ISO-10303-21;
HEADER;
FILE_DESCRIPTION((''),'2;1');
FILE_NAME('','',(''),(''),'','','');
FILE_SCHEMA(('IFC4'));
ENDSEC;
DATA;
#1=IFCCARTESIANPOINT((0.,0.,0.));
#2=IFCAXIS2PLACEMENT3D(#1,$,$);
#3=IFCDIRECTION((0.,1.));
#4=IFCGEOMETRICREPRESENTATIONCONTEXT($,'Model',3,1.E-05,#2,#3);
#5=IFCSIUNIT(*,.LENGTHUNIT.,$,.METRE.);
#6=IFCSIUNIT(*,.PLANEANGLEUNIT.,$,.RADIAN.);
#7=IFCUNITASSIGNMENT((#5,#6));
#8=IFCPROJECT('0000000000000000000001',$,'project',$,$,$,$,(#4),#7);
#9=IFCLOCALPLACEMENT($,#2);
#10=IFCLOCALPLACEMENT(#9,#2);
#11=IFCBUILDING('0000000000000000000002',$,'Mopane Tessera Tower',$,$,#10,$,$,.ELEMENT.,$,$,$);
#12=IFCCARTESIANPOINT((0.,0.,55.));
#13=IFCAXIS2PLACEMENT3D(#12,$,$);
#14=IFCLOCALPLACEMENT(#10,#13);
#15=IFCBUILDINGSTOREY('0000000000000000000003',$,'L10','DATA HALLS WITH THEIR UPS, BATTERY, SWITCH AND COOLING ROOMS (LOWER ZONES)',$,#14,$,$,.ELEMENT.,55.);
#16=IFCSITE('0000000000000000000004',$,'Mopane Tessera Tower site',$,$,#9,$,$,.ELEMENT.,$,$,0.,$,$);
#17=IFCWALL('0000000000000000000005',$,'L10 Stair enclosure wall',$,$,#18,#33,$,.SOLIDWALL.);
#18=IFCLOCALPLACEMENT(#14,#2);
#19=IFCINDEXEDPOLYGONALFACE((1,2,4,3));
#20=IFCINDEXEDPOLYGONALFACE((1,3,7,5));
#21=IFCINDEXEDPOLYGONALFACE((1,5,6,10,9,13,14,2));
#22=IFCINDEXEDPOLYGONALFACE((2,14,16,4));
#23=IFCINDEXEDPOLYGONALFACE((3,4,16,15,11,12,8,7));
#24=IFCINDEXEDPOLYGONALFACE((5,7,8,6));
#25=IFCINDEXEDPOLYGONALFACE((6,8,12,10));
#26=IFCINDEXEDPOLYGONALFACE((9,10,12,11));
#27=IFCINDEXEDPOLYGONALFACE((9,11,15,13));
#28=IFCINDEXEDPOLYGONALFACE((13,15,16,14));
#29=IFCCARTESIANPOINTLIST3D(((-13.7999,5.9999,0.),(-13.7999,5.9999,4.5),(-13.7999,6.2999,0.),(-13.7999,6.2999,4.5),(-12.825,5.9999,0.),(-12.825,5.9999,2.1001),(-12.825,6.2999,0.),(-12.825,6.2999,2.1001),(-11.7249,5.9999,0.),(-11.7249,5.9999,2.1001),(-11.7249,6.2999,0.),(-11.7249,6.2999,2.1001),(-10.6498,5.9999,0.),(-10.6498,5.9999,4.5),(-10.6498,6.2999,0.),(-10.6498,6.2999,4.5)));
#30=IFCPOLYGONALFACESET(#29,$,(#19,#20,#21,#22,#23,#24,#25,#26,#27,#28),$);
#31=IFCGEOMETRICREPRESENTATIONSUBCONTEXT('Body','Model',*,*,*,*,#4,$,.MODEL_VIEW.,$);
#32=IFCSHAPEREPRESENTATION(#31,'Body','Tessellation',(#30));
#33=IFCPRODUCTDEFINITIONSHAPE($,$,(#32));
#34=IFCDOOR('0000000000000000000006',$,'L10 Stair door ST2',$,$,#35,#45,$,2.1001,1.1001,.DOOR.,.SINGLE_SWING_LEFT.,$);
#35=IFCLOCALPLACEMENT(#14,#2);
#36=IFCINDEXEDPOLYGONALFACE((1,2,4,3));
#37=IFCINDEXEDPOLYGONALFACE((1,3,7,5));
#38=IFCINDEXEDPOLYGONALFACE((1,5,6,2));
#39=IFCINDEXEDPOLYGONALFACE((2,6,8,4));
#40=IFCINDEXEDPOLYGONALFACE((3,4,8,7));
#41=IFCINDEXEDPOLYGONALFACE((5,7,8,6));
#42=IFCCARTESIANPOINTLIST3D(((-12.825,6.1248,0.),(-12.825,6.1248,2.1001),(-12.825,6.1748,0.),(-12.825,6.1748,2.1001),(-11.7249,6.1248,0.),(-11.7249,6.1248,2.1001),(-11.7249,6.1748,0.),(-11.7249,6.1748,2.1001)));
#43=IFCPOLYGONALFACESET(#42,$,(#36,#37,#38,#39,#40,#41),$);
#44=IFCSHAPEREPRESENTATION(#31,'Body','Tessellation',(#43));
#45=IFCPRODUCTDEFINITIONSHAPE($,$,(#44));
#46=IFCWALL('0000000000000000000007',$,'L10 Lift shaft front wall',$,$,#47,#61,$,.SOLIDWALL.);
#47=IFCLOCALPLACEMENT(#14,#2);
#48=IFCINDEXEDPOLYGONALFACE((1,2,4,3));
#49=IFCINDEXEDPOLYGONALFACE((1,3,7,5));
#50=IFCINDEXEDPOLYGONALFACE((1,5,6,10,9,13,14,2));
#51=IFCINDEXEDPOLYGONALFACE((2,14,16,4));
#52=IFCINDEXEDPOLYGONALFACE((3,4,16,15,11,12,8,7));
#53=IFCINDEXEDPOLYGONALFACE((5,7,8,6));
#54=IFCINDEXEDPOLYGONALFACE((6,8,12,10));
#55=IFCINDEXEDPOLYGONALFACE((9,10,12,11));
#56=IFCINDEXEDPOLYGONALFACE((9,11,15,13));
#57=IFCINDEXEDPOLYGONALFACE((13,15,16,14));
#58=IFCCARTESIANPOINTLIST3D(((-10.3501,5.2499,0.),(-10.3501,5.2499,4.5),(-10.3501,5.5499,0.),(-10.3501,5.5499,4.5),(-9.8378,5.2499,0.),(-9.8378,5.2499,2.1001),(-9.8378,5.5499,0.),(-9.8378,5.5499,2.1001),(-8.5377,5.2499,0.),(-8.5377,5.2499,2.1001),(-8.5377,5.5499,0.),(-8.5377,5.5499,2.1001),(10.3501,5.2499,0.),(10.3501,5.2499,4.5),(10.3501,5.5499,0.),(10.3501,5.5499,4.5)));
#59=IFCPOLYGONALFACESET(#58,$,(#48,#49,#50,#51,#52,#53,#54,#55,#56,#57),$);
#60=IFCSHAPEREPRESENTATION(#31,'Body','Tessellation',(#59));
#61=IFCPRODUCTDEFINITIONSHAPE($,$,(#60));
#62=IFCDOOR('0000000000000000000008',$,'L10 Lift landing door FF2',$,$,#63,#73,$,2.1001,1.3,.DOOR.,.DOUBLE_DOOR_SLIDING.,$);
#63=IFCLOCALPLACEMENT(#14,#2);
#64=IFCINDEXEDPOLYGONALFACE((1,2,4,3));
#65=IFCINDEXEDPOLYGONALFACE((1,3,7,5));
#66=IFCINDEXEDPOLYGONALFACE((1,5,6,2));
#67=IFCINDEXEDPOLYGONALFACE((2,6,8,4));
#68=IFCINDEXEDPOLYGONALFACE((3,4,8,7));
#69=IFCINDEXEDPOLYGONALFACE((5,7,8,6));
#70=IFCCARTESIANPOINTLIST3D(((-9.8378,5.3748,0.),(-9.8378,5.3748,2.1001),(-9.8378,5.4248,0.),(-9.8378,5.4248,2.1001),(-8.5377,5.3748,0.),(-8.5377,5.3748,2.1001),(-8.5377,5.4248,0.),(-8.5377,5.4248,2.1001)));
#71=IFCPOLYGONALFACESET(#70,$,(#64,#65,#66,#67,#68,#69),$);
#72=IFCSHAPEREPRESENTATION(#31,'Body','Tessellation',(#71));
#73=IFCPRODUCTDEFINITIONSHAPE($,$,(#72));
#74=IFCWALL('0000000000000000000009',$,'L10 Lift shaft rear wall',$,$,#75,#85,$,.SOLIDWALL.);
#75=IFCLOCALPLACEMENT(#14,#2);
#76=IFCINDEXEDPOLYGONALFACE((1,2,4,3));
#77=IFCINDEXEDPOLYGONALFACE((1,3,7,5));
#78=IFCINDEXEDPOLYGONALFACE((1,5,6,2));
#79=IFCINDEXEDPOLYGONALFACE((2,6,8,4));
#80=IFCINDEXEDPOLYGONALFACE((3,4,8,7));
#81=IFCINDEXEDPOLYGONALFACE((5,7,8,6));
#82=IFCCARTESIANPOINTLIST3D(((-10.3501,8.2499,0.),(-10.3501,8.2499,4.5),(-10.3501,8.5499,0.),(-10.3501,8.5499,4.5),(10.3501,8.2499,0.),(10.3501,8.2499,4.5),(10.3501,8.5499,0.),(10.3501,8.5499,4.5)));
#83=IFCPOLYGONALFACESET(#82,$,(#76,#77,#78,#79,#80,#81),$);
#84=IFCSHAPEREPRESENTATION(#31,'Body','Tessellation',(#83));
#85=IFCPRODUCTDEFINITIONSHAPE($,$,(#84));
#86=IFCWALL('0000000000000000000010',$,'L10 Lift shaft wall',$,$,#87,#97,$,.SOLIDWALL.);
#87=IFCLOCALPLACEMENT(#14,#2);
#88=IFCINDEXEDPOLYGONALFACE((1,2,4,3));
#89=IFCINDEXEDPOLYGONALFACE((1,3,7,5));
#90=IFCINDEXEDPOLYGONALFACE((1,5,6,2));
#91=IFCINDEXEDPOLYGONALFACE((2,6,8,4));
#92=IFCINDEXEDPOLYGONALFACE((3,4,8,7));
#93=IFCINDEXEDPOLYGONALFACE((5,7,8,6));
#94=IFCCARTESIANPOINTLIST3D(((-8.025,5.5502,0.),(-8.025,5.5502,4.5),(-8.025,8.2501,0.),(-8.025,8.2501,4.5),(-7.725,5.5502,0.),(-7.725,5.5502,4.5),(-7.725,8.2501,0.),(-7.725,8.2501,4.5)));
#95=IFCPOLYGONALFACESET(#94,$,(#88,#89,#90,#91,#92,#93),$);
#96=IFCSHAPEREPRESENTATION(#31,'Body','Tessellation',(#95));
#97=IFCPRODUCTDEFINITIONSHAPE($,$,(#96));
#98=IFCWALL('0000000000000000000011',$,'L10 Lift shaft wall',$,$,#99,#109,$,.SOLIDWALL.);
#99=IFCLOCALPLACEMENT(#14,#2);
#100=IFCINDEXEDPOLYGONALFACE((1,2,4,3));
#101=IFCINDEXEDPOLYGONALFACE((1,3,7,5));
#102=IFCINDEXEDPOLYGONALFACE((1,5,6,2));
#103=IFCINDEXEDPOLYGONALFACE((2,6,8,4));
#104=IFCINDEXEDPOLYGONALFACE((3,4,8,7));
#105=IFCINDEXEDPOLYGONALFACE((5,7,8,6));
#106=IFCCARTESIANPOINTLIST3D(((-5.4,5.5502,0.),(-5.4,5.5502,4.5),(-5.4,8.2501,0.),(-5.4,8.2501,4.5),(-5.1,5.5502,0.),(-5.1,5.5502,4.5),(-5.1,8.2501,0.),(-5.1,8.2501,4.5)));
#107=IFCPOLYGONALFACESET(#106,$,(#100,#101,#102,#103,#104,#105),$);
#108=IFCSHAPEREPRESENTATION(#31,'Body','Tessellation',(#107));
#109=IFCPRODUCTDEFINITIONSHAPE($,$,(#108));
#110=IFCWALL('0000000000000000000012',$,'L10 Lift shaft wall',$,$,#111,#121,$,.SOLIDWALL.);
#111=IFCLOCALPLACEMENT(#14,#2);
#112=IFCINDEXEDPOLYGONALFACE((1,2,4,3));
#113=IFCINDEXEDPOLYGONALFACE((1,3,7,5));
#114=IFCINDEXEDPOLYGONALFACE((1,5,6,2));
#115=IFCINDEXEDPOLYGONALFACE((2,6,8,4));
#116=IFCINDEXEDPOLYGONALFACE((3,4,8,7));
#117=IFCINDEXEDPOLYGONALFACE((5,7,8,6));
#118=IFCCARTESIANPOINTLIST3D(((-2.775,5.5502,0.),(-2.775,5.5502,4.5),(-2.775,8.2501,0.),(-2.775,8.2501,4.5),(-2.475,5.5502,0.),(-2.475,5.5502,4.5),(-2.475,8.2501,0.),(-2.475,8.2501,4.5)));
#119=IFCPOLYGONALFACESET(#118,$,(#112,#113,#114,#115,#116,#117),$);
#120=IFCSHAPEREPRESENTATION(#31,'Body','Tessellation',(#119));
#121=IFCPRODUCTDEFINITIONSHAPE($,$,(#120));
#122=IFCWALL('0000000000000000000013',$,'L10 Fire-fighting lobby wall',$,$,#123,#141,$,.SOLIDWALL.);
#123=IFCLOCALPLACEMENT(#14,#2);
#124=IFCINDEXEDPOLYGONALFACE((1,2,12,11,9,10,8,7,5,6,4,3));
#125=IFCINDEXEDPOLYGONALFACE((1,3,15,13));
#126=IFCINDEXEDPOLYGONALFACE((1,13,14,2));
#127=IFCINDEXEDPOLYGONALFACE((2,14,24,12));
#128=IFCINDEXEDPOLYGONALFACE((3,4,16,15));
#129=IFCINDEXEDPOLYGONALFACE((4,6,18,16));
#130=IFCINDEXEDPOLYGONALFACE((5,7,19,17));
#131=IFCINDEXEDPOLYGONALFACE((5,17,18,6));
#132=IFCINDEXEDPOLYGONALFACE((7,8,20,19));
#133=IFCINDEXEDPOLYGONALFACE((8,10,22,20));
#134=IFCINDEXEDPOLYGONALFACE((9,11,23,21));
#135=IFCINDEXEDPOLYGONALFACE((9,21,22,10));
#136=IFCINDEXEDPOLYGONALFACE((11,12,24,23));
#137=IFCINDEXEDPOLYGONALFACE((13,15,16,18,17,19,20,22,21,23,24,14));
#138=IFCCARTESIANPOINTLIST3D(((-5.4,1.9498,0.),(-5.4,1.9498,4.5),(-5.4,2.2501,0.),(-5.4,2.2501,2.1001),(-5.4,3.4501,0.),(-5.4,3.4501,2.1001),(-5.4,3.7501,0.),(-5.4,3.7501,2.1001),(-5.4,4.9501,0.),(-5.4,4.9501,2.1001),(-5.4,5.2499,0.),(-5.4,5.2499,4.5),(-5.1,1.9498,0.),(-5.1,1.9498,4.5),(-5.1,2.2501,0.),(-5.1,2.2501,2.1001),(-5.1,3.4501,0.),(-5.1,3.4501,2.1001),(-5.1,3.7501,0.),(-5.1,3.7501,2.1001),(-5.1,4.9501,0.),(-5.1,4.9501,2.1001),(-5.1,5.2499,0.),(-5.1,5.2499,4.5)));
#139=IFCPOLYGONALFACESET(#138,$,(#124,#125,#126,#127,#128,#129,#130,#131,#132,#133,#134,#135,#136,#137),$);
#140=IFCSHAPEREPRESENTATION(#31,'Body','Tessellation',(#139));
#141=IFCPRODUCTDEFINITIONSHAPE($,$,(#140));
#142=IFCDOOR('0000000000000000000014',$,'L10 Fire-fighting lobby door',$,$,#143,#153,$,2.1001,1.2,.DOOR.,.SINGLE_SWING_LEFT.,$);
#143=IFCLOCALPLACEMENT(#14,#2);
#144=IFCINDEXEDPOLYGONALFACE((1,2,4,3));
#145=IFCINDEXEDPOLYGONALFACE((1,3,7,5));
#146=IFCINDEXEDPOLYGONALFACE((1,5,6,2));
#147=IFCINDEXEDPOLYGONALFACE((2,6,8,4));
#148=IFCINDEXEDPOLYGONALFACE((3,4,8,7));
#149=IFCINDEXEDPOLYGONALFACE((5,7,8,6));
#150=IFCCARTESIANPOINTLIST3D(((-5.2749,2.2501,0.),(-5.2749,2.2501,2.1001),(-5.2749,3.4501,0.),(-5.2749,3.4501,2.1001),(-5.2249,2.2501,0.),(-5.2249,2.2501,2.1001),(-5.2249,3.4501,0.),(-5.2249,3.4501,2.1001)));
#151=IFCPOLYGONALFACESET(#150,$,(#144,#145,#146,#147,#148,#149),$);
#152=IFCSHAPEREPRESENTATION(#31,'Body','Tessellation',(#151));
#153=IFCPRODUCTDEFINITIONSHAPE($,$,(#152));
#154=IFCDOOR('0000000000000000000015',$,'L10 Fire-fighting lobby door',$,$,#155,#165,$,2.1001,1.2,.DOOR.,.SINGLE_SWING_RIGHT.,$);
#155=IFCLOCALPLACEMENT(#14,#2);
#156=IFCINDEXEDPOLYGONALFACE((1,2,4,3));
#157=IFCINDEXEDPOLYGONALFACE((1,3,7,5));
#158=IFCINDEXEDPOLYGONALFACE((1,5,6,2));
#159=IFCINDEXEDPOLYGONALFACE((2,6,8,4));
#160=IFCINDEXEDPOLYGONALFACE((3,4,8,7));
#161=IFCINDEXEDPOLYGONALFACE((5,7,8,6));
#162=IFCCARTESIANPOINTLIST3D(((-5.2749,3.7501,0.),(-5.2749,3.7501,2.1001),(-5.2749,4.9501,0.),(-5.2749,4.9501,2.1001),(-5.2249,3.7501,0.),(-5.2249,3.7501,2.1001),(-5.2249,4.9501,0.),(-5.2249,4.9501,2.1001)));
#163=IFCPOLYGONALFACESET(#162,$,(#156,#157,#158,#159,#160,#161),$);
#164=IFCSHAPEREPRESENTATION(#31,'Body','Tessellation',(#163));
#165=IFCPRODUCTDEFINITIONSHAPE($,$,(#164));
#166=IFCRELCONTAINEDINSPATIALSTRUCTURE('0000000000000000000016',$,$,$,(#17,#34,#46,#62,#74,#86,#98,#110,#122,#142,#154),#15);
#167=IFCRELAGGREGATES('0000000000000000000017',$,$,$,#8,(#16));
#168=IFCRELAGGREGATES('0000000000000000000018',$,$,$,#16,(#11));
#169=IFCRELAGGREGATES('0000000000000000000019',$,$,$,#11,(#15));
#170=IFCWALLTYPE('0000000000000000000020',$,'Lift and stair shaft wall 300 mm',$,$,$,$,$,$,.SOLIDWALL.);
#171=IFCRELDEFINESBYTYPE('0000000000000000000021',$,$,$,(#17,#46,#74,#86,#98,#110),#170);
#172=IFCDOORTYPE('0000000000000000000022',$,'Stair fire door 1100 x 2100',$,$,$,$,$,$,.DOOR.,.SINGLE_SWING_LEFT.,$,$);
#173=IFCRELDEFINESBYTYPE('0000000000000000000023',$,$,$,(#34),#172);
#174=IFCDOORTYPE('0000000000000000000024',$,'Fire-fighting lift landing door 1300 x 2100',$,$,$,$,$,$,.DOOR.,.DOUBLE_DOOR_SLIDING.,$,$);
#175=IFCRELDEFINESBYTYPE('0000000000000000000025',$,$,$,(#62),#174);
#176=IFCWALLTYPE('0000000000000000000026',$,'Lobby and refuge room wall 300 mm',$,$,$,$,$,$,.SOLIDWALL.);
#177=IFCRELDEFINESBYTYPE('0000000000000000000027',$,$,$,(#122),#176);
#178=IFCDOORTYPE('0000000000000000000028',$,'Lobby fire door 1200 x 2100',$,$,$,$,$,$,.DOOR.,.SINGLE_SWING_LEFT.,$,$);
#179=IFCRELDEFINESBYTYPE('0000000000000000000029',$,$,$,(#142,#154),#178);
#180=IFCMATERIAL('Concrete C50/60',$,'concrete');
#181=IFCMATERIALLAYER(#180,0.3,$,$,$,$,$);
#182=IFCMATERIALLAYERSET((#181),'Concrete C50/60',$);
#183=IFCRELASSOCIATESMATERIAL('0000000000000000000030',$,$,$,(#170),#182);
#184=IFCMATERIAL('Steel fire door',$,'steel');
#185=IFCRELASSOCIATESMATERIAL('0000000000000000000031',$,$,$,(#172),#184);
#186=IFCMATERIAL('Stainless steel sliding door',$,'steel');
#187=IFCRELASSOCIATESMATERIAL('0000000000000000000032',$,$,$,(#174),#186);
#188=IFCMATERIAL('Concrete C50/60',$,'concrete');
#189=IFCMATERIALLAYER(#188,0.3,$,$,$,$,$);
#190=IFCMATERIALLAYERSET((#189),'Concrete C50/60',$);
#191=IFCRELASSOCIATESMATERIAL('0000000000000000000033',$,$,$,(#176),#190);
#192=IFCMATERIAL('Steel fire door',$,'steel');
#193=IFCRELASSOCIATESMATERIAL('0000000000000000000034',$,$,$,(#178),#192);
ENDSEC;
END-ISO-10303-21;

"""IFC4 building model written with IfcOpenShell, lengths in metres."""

from ifc_helpers import new_model, si_unit, direction, frame, frame_2d, origin, place, context, subcontext, project, spatial, rectangle, extrude, material, layer, layer_set, type_object, element, fill, save


model = new_model("IFC4")

# Units and contexts
model_context = context("Model", 3, precision=1e-05, world=origin(), true_north=direction((0.0, 1.0)))
body_context = subcontext(model_context, "Body", "Model", "MODEL_VIEW")
ifc_project = project(units=[si_unit("LENGTHUNIT", "METRE"), si_unit("PLANEANGLEUNIT", "RADIAN")], contexts=[model_context])

# Site, building, storey
site_placement = place(None, origin())
site = spatial("IfcSite", under=ifc_project, at=site_placement, Name="Mopane Tessera Tower site", CompositionType="ELEMENT", RefElevation=0.0)
building_placement = place(site_placement, origin())
building = spatial("IfcBuilding", under=site, at=building_placement, Name="Mopane Tessera Tower", CompositionType="ELEMENT")
storey_placement = place(building_placement, frame((0.0, 0.0, 55.0)))
storey = spatial("IfcBuildingStorey", under=building, at=storey_placement, Name="L10", Description="DATA HALLS WITH THEIR UPS, BATTERY, SWITCH AND COOLING ROOMS (LOWER ZONES)", CompositionType="ELEMENT", Elevation=55.0)

# Walls, openings, doors
ifc_material_1 = material(Name="Concrete C50/60", Category="concrete")
ifc_layer_1 = layer(ifc_material_1, 0.3)
ifc_layer_set_1 = layer_set([ifc_layer_1], Name="Concrete C50/60")
wall_type_1 = type_object("IfcWallType", Name="Lift and stair shaft wall 300 mm", PredefinedType="SOLIDWALL", material=ifc_layer_set_1)
wall_1_placement = place(storey_placement, frame((-13.8, 6.1499, 0.0), z_axis=(0.0, 0.0, 1.0), x_axis=(1.0, 0.0, 0.0)))
wall_1 = element("IfcWall", 1, at=wall_1_placement, inside=storey, type_object=wall_type_1, Name="L10 Stair enclosure wall", PredefinedType="SOLIDWALL", context=body_context, shape_type="SweptSolid", body=[
    extrude(rectangle(XDim=3.1501, YDim=0.3, at=frame_2d((1.5752, 0.0))), origin(), (0.0, 0.0, 1.0), 4.5),
])
opening_1_placement = place(wall_1_placement, frame((0.9751, 0.0, 0.0)))
opening_1 = element("IfcOpeningElement", 2, at=opening_1_placement, cuts=wall_1, PredefinedType="OPENING", context=body_context, shape_type="SweptSolid", body=[
    extrude(rectangle(XDim=1.1001, YDim=2.1001, at=frame_2d((0.55, 1.05))), frame((0.0, 0.1621, 0.0), z_axis=(0.0, -1.0, 0.0), x_axis=(1.0, 0.0, 0.0)), (0.0, 0.0, 1.0), 0.324),
])
ifc_material_2 = material(Name="Steel fire door", Category="steel")
door_type_1 = type_object("IfcDoorType", Name="Stair fire door 1100 x 2100", OperationType="SINGLE_SWING_LEFT", PredefinedType="DOOR", material=ifc_material_2)
door_1_placement = place(opening_1_placement, origin())
door_1 = element("IfcDoor", 3, at=door_1_placement, inside=storey, type_object=door_type_1, Name="L10 Stair door ST2", OperationType="SINGLE_SWING_LEFT", OverallHeight=2.1001, OverallWidth=1.1001, PredefinedType="DOOR", context=body_context, shape_type="SweptSolid", body=[
    extrude(rectangle(XDim=1.1001, YDim=2.1001, at=frame_2d((0.55, 1.05))), frame((0.0, 0.0249, 0.0), z_axis=(0.0, -1.0, 0.0), x_axis=(1.0, 0.0, 0.0)), (0.0, 0.0, 1.0), 0.05),
])
fill(opening_1, door_1)
wall_2_placement = place(storey_placement, frame((-10.3501, 5.3999, 0.0), z_axis=(0.0, 0.0, 1.0), x_axis=(1.0, 0.0, 0.0)))
wall_2 = element("IfcWall", 4, at=wall_2_placement, inside=storey, type_object=wall_type_1, Name="L10 Lift shaft front wall", PredefinedType="SOLIDWALL", context=body_context, shape_type="SweptSolid", body=[
    extrude(rectangle(XDim=20.7002, YDim=0.3, at=frame_2d((10.3501, 0.0))), origin(), (0.0, 0.0, 1.0), 4.5),
])
opening_2_placement = place(wall_2_placement, frame((0.5125, 0.0, 0.0)))
opening_2 = element("IfcOpeningElement", 5, at=opening_2_placement, cuts=wall_2, PredefinedType="OPENING", context=body_context, shape_type="SweptSolid", body=[
    extrude(rectangle(XDim=1.3, YDim=2.1001, at=frame_2d((0.6499, 1.05))), frame((0.0, 0.1621, 0.0), z_axis=(0.0, -1.0, 0.0), x_axis=(1.0, 0.0, 0.0)), (0.0, 0.0, 1.0), 0.324),
])
ifc_material_3 = material(Name="Stainless steel sliding door", Category="steel")
door_type_2 = type_object("IfcDoorType", Name="Fire-fighting lift landing door 1300 x 2100", OperationType="DOUBLE_DOOR_SLIDING", PredefinedType="DOOR", material=ifc_material_3)
door_2_placement = place(opening_2_placement, origin())
door_2 = element("IfcDoor", 6, at=door_2_placement, inside=storey, type_object=door_type_2, Name="L10 Lift landing door FF2", OperationType="DOUBLE_DOOR_SLIDING", OverallHeight=2.1001, OverallWidth=1.3, PredefinedType="DOOR", context=body_context, shape_type="SweptSolid", body=[
    extrude(rectangle(XDim=1.3, YDim=2.1001, at=frame_2d((0.6499, 1.05))), frame((0.0, 0.0249, 0.0), z_axis=(0.0, -1.0, 0.0), x_axis=(1.0, 0.0, 0.0)), (0.0, 0.0, 1.0), 0.05),
])
fill(opening_2, door_2)

# Walls
wall_3_placement = place(storey_placement, frame((-10.3501, 8.3999, 0.0), z_axis=(0.0, 0.0, 1.0), x_axis=(1.0, 0.0, 0.0)))
element("IfcWall", 7, at=wall_3_placement, inside=storey, type_object=wall_type_1, Name="L10 Lift shaft rear wall", PredefinedType="SOLIDWALL", context=body_context, shape_type="SweptSolid", body=[
    extrude(rectangle(XDim=20.7002, YDim=0.3, at=frame_2d((10.3501, 0.0))), origin(), (0.0, 0.0, 1.0), 4.5),
])
for number, where, z_axis, x_axis, name in (
    (8, (-7.875, 5.55, 0.0), (0.0, 0.0, 1.0), (0.0, 1.0, 0.0), "L10 Lift shaft wall"),
    (9, (-5.25, 5.55, 0.0), (0.0, 0.0, 1.0), (0.0, 1.0, 0.0), "L10 Lift shaft wall"),
    (10, (-2.625, 5.55, 0.0), (0.0, 0.0, 1.0), (0.0, 1.0, 0.0), "L10 Lift shaft wall"),
):
    element("IfcWall", number, at=place(storey_placement, frame(where, z_axis=z_axis, x_axis=x_axis)), inside=storey, type_object=wall_type_1, Name=name, PredefinedType="SOLIDWALL", context=body_context, shape_type="SweptSolid", body=[
        extrude(rectangle(XDim=2.7, YDim=0.3, at=frame_2d((1.3501, 0.0))), origin(), (0.0, 0.0, 1.0), 4.5),
    ])

# Wall, openings, doors
ifc_material_4 = material(Name="Concrete C50/60", Category="concrete")
ifc_layer_2 = layer(ifc_material_4, 0.3)
ifc_layer_set_2 = layer_set([ifc_layer_2], Name="Concrete C50/60")
wall_type_2 = type_object("IfcWallType", Name="Lobby and refuge room wall 300 mm", PredefinedType="SOLIDWALL", material=ifc_layer_set_2)
wall_4_placement = place(storey_placement, frame((-5.25, 1.95, 0.0), z_axis=(0.0, 0.0, 1.0), x_axis=(0.0, 1.0, 0.0)))
wall_4 = element("IfcWall", 11, at=wall_4_placement, inside=storey, type_object=wall_type_2, Name="L10 Fire-fighting lobby wall", PredefinedType="SOLIDWALL", context=body_context, shape_type="SweptSolid", body=[
    extrude(rectangle(XDim=3.3, YDim=0.3, at=frame_2d((1.6499, 0.0))), origin(), (0.0, 0.0, 1.0), 4.5),
])
opening_3_placement = place(wall_4_placement, frame((0.3, 0.0, 0.0)))
opening_3 = element("IfcOpeningElement", 12, at=opening_3_placement, cuts=wall_4, PredefinedType="OPENING", context=body_context, shape_type="SweptSolid", body=[
    extrude(rectangle(XDim=1.2, YDim=2.1001, at=frame_2d((0.6001, 1.05))), frame((0.0, 0.1621, 0.0), z_axis=(0.0, -1.0, 0.0), x_axis=(1.0, 0.0, 0.0)), (0.0, 0.0, 1.0), 0.324),
])
opening_4_placement = place(wall_4_placement, frame((1.8, 0.0, 0.0)))
opening_4 = element("IfcOpeningElement", 13, at=opening_4_placement, cuts=wall_4, PredefinedType="OPENING", context=body_context, shape_type="SweptSolid", body=[
    extrude(rectangle(XDim=1.2, YDim=2.1001, at=frame_2d((0.6001, 1.05))), frame((0.0, 0.1621, 0.0), z_axis=(0.0, -1.0, 0.0), x_axis=(1.0, 0.0, 0.0)), (0.0, 0.0, 1.0), 0.324),
])
ifc_material_5 = material(Name="Steel fire door", Category="steel")
door_type_3 = type_object("IfcDoorType", Name="Lobby fire door 1200 x 2100", OperationType="SINGLE_SWING_LEFT", PredefinedType="DOOR", material=ifc_material_5)
door_3_placement = place(opening_3_placement, origin())
door_3 = element("IfcDoor", 14, at=door_3_placement, inside=storey, type_object=door_type_3, Name="L10 Fire-fighting lobby door", OperationType="SINGLE_SWING_LEFT", OverallHeight=2.1001, OverallWidth=1.2, PredefinedType="DOOR", context=body_context, shape_type="SweptSolid", body=[
    extrude(rectangle(XDim=1.2, YDim=2.1001, at=frame_2d((0.6001, 1.05))), frame((0.0, 0.0249, 0.0), z_axis=(0.0, -1.0, 0.0), x_axis=(1.0, 0.0, 0.0)), (0.0, 0.0, 1.0), 0.05),
])
fill(opening_3, door_3)
door_4_placement = place(opening_4_placement, origin())
door_4 = element("IfcDoor", 15, at=door_4_placement, inside=storey, type_object=door_type_3, Name="L10 Fire-fighting lobby door", OperationType="SINGLE_SWING_RIGHT", OverallHeight=2.1001, OverallWidth=1.2, PredefinedType="DOOR", context=body_context, shape_type="SweptSolid", body=[
    extrude(rectangle(XDim=1.2, YDim=2.1001, at=frame_2d((0.6001, 1.05))), frame((0.0, 0.0249, 0.0), z_axis=(0.0, -1.0, 0.0), x_axis=(1.0, 0.0, 0.0)), (0.0, 0.0, 1.0), 0.05),
])
fill(opening_4, door_4)

save(model, "model.ifc")
